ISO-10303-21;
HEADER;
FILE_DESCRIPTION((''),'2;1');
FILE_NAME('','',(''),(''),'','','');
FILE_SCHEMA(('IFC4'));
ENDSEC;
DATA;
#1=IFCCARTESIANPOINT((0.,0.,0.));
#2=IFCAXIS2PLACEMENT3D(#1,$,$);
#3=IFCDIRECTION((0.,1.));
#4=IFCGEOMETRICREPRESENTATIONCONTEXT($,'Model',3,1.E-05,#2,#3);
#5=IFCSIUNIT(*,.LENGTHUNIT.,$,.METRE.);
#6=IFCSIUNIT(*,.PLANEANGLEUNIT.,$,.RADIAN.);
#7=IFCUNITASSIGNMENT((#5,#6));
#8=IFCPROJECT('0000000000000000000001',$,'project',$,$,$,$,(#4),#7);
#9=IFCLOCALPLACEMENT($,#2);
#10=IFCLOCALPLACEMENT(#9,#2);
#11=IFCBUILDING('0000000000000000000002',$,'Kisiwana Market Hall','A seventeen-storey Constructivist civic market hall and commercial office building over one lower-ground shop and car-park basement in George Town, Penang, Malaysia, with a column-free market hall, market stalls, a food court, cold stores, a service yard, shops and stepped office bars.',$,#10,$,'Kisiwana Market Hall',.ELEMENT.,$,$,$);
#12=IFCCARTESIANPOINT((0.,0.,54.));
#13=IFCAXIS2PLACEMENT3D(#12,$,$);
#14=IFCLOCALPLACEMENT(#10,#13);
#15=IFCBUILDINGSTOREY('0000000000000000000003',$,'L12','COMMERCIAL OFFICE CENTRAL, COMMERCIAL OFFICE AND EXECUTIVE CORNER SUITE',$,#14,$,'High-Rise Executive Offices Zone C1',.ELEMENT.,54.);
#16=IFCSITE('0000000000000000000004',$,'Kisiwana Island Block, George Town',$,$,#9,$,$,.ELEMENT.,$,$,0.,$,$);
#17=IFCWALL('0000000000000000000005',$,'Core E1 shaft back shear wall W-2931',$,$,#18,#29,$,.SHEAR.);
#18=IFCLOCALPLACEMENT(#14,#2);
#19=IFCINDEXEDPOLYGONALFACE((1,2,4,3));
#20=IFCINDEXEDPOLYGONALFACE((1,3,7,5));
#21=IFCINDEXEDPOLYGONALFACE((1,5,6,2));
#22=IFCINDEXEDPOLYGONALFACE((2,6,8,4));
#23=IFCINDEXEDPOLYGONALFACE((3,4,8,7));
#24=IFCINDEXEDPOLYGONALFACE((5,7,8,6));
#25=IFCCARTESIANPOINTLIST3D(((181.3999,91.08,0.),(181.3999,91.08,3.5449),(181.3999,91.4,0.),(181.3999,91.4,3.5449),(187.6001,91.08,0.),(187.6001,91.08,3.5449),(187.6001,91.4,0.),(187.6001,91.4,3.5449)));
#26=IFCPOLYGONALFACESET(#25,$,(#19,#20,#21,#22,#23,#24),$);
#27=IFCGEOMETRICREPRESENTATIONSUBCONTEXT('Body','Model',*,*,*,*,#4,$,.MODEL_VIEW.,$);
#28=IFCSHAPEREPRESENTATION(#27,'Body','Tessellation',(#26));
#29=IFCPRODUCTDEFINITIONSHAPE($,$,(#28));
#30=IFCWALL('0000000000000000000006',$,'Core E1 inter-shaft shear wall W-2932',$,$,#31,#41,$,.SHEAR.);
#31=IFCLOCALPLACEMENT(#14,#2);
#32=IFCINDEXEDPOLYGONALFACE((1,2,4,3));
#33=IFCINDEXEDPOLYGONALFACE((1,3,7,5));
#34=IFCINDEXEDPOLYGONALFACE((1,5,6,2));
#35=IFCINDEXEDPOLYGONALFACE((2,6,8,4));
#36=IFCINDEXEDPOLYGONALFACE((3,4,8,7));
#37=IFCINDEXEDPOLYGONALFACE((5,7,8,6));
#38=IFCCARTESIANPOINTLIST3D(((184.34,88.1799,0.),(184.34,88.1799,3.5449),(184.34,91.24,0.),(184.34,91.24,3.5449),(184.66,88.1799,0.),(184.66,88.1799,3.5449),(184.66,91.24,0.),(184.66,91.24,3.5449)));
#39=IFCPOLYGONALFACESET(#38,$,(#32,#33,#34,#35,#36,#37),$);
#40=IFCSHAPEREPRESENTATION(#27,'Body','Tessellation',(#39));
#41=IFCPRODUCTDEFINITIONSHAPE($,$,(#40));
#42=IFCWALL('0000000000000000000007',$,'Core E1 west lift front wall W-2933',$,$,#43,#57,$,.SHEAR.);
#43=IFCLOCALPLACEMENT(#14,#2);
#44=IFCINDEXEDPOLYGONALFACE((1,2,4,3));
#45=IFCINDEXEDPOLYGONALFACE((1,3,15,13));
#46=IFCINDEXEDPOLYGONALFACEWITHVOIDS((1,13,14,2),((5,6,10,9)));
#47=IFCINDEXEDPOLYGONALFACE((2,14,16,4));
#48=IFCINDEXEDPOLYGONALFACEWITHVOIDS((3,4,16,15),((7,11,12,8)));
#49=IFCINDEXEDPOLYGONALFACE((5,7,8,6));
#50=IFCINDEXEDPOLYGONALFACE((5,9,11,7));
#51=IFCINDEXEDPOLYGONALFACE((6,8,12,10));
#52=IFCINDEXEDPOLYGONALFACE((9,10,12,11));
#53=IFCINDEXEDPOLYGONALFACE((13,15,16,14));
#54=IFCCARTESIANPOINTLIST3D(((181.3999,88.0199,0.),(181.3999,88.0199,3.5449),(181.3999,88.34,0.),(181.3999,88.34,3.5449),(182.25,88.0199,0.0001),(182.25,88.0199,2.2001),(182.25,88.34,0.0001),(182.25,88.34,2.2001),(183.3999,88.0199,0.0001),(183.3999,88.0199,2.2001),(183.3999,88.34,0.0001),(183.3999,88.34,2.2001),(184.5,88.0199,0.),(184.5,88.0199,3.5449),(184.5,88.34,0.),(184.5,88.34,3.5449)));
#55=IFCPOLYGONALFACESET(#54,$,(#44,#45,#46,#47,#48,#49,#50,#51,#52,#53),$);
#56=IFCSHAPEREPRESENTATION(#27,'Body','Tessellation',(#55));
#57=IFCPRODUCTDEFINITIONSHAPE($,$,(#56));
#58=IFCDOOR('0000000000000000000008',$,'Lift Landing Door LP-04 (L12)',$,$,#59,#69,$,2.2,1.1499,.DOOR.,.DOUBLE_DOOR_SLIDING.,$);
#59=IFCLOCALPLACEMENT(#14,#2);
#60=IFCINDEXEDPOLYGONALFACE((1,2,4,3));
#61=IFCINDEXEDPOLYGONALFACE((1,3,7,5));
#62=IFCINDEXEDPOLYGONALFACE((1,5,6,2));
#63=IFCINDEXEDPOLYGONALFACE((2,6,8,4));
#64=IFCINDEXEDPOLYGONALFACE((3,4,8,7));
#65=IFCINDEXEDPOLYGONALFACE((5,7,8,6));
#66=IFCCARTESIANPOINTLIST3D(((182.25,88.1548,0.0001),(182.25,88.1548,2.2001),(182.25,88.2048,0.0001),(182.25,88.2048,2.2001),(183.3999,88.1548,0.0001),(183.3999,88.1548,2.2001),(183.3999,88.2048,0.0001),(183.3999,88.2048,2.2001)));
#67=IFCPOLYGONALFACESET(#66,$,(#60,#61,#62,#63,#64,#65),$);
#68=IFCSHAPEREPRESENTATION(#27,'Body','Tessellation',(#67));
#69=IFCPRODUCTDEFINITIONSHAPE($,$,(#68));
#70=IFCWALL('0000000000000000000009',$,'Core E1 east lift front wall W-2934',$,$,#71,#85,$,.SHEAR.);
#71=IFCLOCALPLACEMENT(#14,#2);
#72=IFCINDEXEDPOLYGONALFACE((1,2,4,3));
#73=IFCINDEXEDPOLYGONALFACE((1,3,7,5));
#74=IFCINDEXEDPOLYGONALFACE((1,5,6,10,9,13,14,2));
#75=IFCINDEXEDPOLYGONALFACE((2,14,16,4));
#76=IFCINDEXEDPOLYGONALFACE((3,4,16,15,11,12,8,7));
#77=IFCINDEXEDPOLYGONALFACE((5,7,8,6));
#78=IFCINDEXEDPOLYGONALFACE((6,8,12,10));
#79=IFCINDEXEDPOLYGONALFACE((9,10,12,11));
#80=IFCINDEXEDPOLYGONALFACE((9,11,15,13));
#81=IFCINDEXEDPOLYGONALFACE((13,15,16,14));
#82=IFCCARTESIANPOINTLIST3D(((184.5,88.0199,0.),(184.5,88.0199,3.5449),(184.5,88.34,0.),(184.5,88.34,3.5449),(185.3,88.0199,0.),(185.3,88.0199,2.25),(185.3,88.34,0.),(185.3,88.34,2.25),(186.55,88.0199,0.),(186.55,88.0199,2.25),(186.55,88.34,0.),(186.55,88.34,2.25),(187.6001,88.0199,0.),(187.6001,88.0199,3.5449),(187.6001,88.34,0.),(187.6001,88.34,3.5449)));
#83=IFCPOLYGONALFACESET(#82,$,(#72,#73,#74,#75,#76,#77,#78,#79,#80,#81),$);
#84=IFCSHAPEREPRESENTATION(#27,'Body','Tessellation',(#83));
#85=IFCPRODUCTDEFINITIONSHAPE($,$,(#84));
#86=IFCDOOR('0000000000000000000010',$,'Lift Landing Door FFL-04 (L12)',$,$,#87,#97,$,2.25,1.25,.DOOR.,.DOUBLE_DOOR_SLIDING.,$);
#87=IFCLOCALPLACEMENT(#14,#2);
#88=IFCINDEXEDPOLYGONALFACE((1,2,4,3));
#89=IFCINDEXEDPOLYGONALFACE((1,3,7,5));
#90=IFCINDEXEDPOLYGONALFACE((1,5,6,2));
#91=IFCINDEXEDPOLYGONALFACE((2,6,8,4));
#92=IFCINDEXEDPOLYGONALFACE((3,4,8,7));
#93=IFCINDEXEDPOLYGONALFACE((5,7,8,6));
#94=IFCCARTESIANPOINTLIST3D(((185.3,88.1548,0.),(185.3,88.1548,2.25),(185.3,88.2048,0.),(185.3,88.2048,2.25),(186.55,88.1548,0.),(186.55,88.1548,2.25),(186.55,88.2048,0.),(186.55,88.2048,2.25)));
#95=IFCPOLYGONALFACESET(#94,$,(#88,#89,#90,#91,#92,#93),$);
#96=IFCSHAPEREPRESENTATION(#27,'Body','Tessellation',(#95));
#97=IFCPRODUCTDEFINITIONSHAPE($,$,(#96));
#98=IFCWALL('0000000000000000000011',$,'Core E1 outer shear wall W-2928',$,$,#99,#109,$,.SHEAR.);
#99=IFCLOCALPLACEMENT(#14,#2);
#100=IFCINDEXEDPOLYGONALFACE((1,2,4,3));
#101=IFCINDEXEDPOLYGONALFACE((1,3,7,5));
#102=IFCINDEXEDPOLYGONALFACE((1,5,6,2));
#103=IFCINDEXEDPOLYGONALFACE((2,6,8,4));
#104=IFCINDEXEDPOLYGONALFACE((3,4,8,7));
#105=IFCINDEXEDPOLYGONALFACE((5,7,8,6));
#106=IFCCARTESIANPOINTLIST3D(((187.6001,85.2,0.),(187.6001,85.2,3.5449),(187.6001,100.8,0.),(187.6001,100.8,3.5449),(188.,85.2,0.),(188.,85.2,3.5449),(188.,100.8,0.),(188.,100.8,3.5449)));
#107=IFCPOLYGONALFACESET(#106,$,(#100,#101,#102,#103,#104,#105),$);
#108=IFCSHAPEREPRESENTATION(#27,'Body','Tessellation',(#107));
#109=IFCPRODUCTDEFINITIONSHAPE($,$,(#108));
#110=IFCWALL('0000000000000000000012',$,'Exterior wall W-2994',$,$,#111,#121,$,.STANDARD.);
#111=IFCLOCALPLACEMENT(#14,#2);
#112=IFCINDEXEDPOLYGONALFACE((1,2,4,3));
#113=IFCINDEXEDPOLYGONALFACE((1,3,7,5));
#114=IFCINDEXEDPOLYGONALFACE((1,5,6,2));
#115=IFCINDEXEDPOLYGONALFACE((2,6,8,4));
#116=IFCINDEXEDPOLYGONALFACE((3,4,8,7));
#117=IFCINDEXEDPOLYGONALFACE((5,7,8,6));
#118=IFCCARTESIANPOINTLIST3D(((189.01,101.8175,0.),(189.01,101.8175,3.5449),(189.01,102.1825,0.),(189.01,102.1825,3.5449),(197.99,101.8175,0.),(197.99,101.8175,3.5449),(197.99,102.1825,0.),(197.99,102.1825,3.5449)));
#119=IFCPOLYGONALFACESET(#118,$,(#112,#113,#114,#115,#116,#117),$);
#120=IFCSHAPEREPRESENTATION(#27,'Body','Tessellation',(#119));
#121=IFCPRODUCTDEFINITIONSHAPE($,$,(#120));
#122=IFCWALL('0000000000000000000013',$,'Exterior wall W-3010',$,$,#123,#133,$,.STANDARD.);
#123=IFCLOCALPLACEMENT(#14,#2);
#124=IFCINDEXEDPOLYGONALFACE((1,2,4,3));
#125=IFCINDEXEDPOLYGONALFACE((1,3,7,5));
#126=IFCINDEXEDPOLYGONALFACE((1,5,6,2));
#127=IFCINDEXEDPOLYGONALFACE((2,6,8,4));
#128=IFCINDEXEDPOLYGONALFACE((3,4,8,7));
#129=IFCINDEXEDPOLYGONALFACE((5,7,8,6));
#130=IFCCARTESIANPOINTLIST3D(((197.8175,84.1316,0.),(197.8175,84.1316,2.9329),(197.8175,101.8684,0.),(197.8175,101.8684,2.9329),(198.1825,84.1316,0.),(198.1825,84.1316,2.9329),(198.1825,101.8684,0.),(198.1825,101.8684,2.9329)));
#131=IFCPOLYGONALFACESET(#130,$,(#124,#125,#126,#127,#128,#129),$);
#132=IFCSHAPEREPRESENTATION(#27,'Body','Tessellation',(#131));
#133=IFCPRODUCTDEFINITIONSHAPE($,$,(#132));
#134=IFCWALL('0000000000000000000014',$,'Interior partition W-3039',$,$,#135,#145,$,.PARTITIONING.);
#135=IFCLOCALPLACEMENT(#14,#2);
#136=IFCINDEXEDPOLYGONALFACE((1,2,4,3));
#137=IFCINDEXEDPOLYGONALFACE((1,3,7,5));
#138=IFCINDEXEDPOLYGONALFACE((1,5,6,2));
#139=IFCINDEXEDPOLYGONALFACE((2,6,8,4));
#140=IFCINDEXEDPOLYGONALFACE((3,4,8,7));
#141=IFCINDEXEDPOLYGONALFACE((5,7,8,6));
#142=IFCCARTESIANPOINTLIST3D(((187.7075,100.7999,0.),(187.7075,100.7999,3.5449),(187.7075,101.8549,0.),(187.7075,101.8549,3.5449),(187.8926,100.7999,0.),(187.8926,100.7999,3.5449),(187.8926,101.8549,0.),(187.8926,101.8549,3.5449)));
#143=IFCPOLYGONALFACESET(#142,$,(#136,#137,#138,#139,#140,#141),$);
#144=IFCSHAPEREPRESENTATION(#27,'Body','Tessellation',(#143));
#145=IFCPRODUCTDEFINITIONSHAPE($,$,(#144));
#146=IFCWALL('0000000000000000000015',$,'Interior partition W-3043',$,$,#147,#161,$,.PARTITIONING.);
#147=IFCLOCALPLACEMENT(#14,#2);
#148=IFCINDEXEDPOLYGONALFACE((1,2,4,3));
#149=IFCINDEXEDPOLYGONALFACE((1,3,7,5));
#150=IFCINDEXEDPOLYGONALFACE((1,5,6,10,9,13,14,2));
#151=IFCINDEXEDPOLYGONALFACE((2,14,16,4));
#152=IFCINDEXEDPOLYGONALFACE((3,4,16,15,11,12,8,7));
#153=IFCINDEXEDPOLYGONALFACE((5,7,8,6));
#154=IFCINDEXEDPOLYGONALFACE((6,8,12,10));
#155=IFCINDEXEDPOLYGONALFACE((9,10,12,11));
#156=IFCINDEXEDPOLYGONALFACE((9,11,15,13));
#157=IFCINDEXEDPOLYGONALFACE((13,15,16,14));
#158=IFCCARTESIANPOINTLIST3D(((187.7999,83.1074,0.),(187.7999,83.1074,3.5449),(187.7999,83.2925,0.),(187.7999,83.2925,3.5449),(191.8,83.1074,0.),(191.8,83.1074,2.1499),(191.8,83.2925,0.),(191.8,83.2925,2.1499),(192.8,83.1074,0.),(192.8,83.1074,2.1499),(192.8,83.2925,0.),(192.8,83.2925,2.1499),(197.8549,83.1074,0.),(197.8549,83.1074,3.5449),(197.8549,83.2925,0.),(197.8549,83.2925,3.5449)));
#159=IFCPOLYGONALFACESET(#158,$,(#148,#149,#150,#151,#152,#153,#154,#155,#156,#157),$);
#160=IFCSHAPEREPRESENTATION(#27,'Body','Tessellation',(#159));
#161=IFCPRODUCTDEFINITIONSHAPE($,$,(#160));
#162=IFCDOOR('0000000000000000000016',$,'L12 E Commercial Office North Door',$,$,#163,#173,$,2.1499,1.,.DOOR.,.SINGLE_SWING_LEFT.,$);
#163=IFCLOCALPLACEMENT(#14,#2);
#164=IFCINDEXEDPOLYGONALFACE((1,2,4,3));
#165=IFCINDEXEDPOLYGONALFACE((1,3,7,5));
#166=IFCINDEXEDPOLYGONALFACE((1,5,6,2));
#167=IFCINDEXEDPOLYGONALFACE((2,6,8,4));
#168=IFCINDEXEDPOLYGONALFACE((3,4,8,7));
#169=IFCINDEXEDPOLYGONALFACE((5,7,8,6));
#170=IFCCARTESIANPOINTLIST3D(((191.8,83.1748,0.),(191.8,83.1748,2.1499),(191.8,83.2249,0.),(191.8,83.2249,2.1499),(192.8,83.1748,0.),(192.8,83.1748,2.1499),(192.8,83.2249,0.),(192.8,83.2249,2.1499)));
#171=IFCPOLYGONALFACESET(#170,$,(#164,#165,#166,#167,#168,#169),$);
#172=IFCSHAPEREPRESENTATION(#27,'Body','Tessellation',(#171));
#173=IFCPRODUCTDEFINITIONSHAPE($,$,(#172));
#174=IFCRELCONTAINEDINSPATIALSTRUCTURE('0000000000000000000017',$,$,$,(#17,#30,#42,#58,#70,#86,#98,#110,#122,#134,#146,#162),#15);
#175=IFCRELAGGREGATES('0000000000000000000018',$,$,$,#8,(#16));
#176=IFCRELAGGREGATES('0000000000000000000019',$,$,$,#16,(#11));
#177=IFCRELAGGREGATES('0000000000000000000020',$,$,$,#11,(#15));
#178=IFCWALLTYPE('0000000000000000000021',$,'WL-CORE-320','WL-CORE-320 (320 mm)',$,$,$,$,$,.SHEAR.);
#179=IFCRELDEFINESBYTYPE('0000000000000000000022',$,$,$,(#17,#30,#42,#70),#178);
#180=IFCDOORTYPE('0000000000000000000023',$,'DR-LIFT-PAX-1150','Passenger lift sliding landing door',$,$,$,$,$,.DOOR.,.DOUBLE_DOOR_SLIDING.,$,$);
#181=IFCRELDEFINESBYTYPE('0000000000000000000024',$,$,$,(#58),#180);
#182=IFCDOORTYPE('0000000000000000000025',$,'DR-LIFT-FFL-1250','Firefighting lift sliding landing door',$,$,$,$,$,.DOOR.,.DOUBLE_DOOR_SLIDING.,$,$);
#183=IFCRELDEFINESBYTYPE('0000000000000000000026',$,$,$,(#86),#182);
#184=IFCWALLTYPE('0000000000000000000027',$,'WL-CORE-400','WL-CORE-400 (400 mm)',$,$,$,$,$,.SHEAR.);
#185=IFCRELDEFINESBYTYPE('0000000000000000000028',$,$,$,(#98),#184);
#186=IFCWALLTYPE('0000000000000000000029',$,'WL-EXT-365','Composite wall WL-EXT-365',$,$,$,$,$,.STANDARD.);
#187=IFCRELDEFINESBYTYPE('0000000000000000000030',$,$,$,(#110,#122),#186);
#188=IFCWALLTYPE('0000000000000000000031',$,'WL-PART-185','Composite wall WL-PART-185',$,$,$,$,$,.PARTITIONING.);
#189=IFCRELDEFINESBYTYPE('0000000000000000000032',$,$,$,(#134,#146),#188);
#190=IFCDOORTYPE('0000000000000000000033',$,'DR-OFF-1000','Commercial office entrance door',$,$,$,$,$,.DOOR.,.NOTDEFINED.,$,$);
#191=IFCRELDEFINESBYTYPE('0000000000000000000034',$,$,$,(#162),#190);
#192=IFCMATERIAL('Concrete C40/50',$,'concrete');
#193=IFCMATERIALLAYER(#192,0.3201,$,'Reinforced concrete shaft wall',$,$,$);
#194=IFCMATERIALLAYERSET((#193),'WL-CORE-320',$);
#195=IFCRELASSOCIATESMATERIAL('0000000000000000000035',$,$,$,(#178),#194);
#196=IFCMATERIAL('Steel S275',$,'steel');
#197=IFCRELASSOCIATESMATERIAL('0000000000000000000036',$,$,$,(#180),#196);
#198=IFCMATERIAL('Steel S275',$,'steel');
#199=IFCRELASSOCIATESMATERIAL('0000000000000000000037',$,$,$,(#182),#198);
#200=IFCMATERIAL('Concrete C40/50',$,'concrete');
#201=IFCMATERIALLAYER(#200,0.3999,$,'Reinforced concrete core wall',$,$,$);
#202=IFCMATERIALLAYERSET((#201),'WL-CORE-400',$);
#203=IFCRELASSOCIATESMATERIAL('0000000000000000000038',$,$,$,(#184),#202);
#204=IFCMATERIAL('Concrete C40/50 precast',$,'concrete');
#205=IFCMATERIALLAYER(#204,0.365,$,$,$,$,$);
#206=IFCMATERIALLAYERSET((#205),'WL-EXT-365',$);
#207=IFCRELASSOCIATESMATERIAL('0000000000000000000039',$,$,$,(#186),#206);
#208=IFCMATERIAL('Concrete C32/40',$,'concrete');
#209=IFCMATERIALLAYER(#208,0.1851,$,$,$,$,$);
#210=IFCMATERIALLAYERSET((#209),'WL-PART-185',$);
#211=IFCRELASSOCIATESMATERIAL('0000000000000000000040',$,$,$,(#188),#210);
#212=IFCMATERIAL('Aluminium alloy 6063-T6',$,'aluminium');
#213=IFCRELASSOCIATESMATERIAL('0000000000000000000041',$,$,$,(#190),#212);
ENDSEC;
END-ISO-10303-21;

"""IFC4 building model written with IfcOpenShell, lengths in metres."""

from ifc_helpers import new_model, si_unit, direction, frame, frame_2d, origin, place, context, subcontext, project, spatial, rectangle, extrude, material, layer, layer_set, type_object, element, fill, save


model = new_model("IFC4")

# Units and contexts
model_context = context("Model", 3, precision=1e-05, world=origin(), true_north=direction((0.0, 1.0)))
body_context = subcontext(model_context, "Body", "Model", "MODEL_VIEW")
ifc_project = project(units=[si_unit("LENGTHUNIT", "METRE"), si_unit("PLANEANGLEUNIT", "RADIAN")], contexts=[model_context])

# Site, building, storey
site_placement = place(None, origin())
site = spatial("IfcSite", under=ifc_project, at=site_placement, Name="Kisiwana Island Block, George Town", CompositionType="ELEMENT", RefElevation=0.0)
building_placement = place(site_placement, origin())
building = spatial("IfcBuilding", under=site, at=building_placement, Name="Kisiwana Market Hall", Description="A seventeen-storey Constructivist civic market hall and commercial office building over one lower-ground shop and car-park basement in George Town, Penang, Malaysia, with a column-free market hall, market stalls, a food court, cold stores, a service yard, shops and stepped office bars.", LongName="Kisiwana Market Hall", CompositionType="ELEMENT")
storey_placement = place(building_placement, frame((0.0, 0.0, 54.0)))
storey = spatial("IfcBuildingStorey", under=building, at=storey_placement, Name="L12", Description="COMMERCIAL OFFICE CENTRAL, COMMERCIAL OFFICE AND EXECUTIVE CORNER SUITE", LongName="High-Rise Executive Offices Zone C1", CompositionType="ELEMENT", Elevation=54.0)

# Walls
ifc_material_1 = material(Name="Concrete C40/50", Category="concrete")
ifc_layer_1 = layer(ifc_material_1, 0.3201, Name="Reinforced concrete shaft wall")
ifc_layer_set_1 = layer_set([ifc_layer_1], Name="WL-CORE-320")
wall_type_1 = type_object("IfcWallType", Name="WL-CORE-320", Description="WL-CORE-320 (320 mm)", PredefinedType="SHEAR", material=ifc_layer_set_1)
wall_1_placement = place(storey_placement, frame((181.3999, 91.24, 0.0), z_axis=(0.0, 0.0, 1.0), x_axis=(1.0, 0.0, 0.0)))
element("IfcWall", 1, at=wall_1_placement, inside=storey, type_object=wall_type_1, Name="Core E1 shaft back shear wall W-2931", PredefinedType="SHEAR", context=body_context, shape_type="SweptSolid", body=[
    extrude(rectangle(XDim=6.2002, YDim=0.3201, at=frame_2d((3.1001, 0.0))), origin(), (0.0, 0.0, 1.0), 3.5449),
])
wall_2_placement = place(storey_placement, frame((184.5, 88.1799, 0.0), z_axis=(0.0, 0.0, 1.0), x_axis=(0.0, 1.0, 0.0)))
element("IfcWall", 2, at=wall_2_placement, inside=storey, type_object=wall_type_1, Name="Core E1 inter-shaft shear wall W-2932", PredefinedType="SHEAR", context=body_context, shape_type="SweptSolid", body=[
    extrude(rectangle(XDim=3.0601, YDim=0.3201, at=frame_2d((1.53, 0.0))), origin(), (0.0, 0.0, 1.0), 3.5449),
])

# Walls, openings, doors
wall_3_placement = place(storey_placement, frame((181.3999, 88.1799, 0.0), z_axis=(0.0, 0.0, 1.0), x_axis=(1.0, 0.0, 0.0)))
wall_3 = element("IfcWall", 3, at=wall_3_placement, inside=storey, type_object=wall_type_1, Name="Core E1 west lift front wall W-2933", PredefinedType="SHEAR", context=body_context, shape_type="SweptSolid", body=[
    extrude(rectangle(XDim=3.1001, YDim=0.3201, at=frame_2d((1.55, 0.0))), origin(), (0.0, 0.0, 1.0), 3.5449),
])
opening_1_placement = place(wall_3_placement, frame((0.8501, 0.0, 0.0)))
opening_1 = element("IfcOpeningElement", 4, at=opening_1_placement, cuts=wall_3, PredefinedType="OPENING", context=body_context, shape_type="SweptSolid", body=[
    extrude(rectangle(XDim=1.1499, YDim=2.2, at=frame_2d((0.575, 1.1001))), frame((0.0, 0.1719, 0.0), z_axis=(0.0, -1.0, 0.0), x_axis=(1.0, 0.0, 0.0)), (0.0, 0.0, 1.0), 0.344),
])
ifc_material_2 = material(Name="Steel S275", Category="steel")
door_type_1 = type_object("IfcDoorType", Name="DR-LIFT-PAX-1150", Description="Passenger lift sliding landing door", OperationType="DOUBLE_DOOR_SLIDING", PredefinedType="DOOR", material=ifc_material_2)
door_1_placement = place(opening_1_placement, origin())
door_1 = element("IfcDoor", 5, at=door_1_placement, inside=storey, type_object=door_type_1, Name="Lift Landing Door LP-04 (L12)", OperationType="DOUBLE_DOOR_SLIDING", OverallHeight=2.2, OverallWidth=1.1499, PredefinedType="DOOR", context=body_context, shape_type="SweptSolid", body=[
    extrude(rectangle(XDim=1.1499, YDim=2.2, at=frame_2d((0.575, 1.1001))), frame((0.0, 0.0249, 0.0), z_axis=(0.0, -1.0, 0.0), x_axis=(1.0, 0.0, 0.0)), (0.0, 0.0, 1.0), 0.05),
])
fill(opening_1, door_1)
wall_4_placement = place(storey_placement, frame((184.5, 88.1799, 0.0), z_axis=(0.0, 0.0, 1.0), x_axis=(1.0, 0.0, 0.0)))
wall_4 = element("IfcWall", 6, at=wall_4_placement, inside=storey, type_object=wall_type_1, Name="Core E1 east lift front wall W-2934", PredefinedType="SHEAR", context=body_context, shape_type="SweptSolid", body=[
    extrude(rectangle(XDim=3.1001, YDim=0.3201, at=frame_2d((1.55, 0.0))), origin(), (0.0, 0.0, 1.0), 3.5449),
])
opening_2_placement = place(wall_4_placement, frame((0.8, 0.0, 0.0)))
opening_2 = element("IfcOpeningElement", 7, at=opening_2_placement, cuts=wall_4, PredefinedType="OPENING", context=body_context, shape_type="SweptSolid", body=[
    extrude(rectangle(XDim=1.25, YDim=2.25, at=frame_2d((0.625, 1.125))), frame((0.0, 0.1719, 0.0), z_axis=(0.0, -1.0, 0.0), x_axis=(1.0, 0.0, 0.0)), (0.0, 0.0, 1.0), 0.344),
])
ifc_material_3 = material(Name="Steel S275", Category="steel")
door_type_2 = type_object("IfcDoorType", Name="DR-LIFT-FFL-1250", Description="Firefighting lift sliding landing door", OperationType="DOUBLE_DOOR_SLIDING", PredefinedType="DOOR", material=ifc_material_3)
door_2_placement = place(opening_2_placement, origin())
door_2 = element("IfcDoor", 8, at=door_2_placement, inside=storey, type_object=door_type_2, Name="Lift Landing Door FFL-04 (L12)", OperationType="DOUBLE_DOOR_SLIDING", OverallHeight=2.25, OverallWidth=1.25, PredefinedType="DOOR", context=body_context, shape_type="SweptSolid", body=[
    extrude(rectangle(XDim=1.25, YDim=2.25, at=frame_2d((0.625, 1.125))), frame((0.0, 0.0249, 0.0), z_axis=(0.0, -1.0, 0.0), x_axis=(1.0, 0.0, 0.0)), (0.0, 0.0, 1.0), 0.05),
])
fill(opening_2, door_2)

# Walls
ifc_material_4 = material(Name="Concrete C40/50", Category="concrete")
ifc_layer_2 = layer(ifc_material_4, 0.3999, Name="Reinforced concrete core wall")
ifc_layer_set_2 = layer_set([ifc_layer_2], Name="WL-CORE-400")
wall_type_2 = type_object("IfcWallType", Name="WL-CORE-400", Description="WL-CORE-400 (400 mm)", PredefinedType="SHEAR", material=ifc_layer_set_2)
wall_5_placement = place(storey_placement, frame((187.8, 85.2, 0.0), z_axis=(0.0, 0.0, 1.0), x_axis=(0.0, 1.0, 0.0)))
element("IfcWall", 9, at=wall_5_placement, inside=storey, type_object=wall_type_2, Name="Core E1 outer shear wall W-2928", PredefinedType="SHEAR", context=body_context, shape_type="SweptSolid", body=[
    extrude(rectangle(XDim=15.6001, YDim=0.3999, at=frame_2d((7.8, 0.0))), origin(), (0.0, 0.0, 1.0), 3.5449),
])
ifc_material_5 = material(Name="Concrete C40/50 precast", Category="concrete")
ifc_layer_3 = layer(ifc_material_5, 0.365)
ifc_layer_set_3 = layer_set([ifc_layer_3], Name="WL-EXT-365")
wall_type_3 = type_object("IfcWallType", Name="WL-EXT-365", Description="Composite wall WL-EXT-365", PredefinedType="STANDARD", material=ifc_layer_set_3)
wall_6_placement = place(storey_placement, frame((189.01, 102.0, 0.0), z_axis=(0.0, 0.0, 1.0), x_axis=(1.0, 0.0, 0.0)))
element("IfcWall", 10, at=wall_6_placement, inside=storey, type_object=wall_type_3, Name="Exterior wall W-2994", PredefinedType="STANDARD", context=body_context, shape_type="SweptSolid", body=[
    extrude(rectangle(XDim=8.98, YDim=0.365, at=frame_2d((4.49, 0.0))), origin(), (0.0, 0.0, 1.0), 3.5449),
])
wall_7_placement = place(storey_placement, frame((198.0, 84.1316, 0.0), z_axis=(0.0, 0.0, 1.0), x_axis=(0.0, 1.0, 0.0)))
element("IfcWall", 11, at=wall_7_placement, inside=storey, type_object=wall_type_3, Name="Exterior wall W-3010", PredefinedType="STANDARD", context=body_context, shape_type="SweptSolid", body=[
    extrude(rectangle(XDim=17.7368, YDim=0.365, at=frame_2d((8.8684, 0.0))), origin(), (0.0, 0.0, 1.0), 2.9329),
])
ifc_material_6 = material(Name="Concrete C32/40", Category="concrete")
ifc_layer_4 = layer(ifc_material_6, 0.1851)
ifc_layer_set_4 = layer_set([ifc_layer_4], Name="WL-PART-185")
wall_type_4 = type_object("IfcWallType", Name="WL-PART-185", Description="Composite wall WL-PART-185", PredefinedType="PARTITIONING", material=ifc_layer_set_4)
wall_8_placement = place(storey_placement, frame((187.8, 100.8, 0.0), z_axis=(0.0, 0.0, 1.0), x_axis=(0.0, 1.0, 0.0)))
element("IfcWall", 12, at=wall_8_placement, inside=storey, type_object=wall_type_4, Name="Interior partition W-3039", PredefinedType="PARTITIONING", context=body_context, shape_type="SweptSolid", body=[
    extrude(rectangle(XDim=1.0549, YDim=0.1851, at=frame_2d((0.5273, 0.0))), origin(), (0.0, 0.0, 1.0), 3.5449),
])

# Wall, opening, door
wall_9_placement = place(storey_placement, frame((187.8, 83.2, 0.0), z_axis=(0.0, 0.0, 1.0), x_axis=(1.0, 0.0, 0.0)))
wall_9 = element("IfcWall", 13, at=wall_9_placement, inside=storey, type_object=wall_type_4, Name="Interior partition W-3043", PredefinedType="PARTITIONING", context=body_context, shape_type="SweptSolid", body=[
    extrude(rectangle(XDim=10.0549, YDim=0.1851, at=frame_2d((5.0273, 0.0))), origin(), (0.0, 0.0, 1.0), 3.5449),
])
opening_3_placement = place(wall_9_placement, frame((4.0, 0.0, 0.0)))
opening_3 = element("IfcOpeningElement", 14, at=opening_3_placement, cuts=wall_9, PredefinedType="OPENING", context=body_context, shape_type="SweptSolid", body=[
    extrude(rectangle(XDim=1.0, YDim=2.1499, at=frame_2d((0.5, 1.075))), frame((0.0, 0.1045, 0.0), z_axis=(0.0, -1.0, 0.0), x_axis=(1.0, 0.0, 0.0)), (0.0, 0.0, 1.0), 0.209),
])
ifc_material_7 = material(Name="Aluminium alloy 6063-T6", Category="aluminium")
door_type_3 = type_object("IfcDoorType", Name="DR-OFF-1000", Description="Commercial office entrance door", OperationType="NOTDEFINED", PredefinedType="DOOR", material=ifc_material_7)
door_3_placement = place(opening_3_placement, origin())
door_3 = element("IfcDoor", 15, at=door_3_placement, inside=storey, type_object=door_type_3, Name="L12 E Commercial Office North Door", OperationType="SINGLE_SWING_LEFT", OverallHeight=2.1499, OverallWidth=1.0, PredefinedType="DOOR", context=body_context, shape_type="SweptSolid", body=[
    extrude(rectangle(XDim=1.0, YDim=2.1499, at=frame_2d((0.5, 1.075))), frame((0.0, 0.0249, 0.0), z_axis=(0.0, -1.0, 0.0), x_axis=(1.0, 0.0, 0.0)), (0.0, 0.0, 1.0), 0.05),
])
fill(opening_3, door_3)

save(model, "model.ifc")
